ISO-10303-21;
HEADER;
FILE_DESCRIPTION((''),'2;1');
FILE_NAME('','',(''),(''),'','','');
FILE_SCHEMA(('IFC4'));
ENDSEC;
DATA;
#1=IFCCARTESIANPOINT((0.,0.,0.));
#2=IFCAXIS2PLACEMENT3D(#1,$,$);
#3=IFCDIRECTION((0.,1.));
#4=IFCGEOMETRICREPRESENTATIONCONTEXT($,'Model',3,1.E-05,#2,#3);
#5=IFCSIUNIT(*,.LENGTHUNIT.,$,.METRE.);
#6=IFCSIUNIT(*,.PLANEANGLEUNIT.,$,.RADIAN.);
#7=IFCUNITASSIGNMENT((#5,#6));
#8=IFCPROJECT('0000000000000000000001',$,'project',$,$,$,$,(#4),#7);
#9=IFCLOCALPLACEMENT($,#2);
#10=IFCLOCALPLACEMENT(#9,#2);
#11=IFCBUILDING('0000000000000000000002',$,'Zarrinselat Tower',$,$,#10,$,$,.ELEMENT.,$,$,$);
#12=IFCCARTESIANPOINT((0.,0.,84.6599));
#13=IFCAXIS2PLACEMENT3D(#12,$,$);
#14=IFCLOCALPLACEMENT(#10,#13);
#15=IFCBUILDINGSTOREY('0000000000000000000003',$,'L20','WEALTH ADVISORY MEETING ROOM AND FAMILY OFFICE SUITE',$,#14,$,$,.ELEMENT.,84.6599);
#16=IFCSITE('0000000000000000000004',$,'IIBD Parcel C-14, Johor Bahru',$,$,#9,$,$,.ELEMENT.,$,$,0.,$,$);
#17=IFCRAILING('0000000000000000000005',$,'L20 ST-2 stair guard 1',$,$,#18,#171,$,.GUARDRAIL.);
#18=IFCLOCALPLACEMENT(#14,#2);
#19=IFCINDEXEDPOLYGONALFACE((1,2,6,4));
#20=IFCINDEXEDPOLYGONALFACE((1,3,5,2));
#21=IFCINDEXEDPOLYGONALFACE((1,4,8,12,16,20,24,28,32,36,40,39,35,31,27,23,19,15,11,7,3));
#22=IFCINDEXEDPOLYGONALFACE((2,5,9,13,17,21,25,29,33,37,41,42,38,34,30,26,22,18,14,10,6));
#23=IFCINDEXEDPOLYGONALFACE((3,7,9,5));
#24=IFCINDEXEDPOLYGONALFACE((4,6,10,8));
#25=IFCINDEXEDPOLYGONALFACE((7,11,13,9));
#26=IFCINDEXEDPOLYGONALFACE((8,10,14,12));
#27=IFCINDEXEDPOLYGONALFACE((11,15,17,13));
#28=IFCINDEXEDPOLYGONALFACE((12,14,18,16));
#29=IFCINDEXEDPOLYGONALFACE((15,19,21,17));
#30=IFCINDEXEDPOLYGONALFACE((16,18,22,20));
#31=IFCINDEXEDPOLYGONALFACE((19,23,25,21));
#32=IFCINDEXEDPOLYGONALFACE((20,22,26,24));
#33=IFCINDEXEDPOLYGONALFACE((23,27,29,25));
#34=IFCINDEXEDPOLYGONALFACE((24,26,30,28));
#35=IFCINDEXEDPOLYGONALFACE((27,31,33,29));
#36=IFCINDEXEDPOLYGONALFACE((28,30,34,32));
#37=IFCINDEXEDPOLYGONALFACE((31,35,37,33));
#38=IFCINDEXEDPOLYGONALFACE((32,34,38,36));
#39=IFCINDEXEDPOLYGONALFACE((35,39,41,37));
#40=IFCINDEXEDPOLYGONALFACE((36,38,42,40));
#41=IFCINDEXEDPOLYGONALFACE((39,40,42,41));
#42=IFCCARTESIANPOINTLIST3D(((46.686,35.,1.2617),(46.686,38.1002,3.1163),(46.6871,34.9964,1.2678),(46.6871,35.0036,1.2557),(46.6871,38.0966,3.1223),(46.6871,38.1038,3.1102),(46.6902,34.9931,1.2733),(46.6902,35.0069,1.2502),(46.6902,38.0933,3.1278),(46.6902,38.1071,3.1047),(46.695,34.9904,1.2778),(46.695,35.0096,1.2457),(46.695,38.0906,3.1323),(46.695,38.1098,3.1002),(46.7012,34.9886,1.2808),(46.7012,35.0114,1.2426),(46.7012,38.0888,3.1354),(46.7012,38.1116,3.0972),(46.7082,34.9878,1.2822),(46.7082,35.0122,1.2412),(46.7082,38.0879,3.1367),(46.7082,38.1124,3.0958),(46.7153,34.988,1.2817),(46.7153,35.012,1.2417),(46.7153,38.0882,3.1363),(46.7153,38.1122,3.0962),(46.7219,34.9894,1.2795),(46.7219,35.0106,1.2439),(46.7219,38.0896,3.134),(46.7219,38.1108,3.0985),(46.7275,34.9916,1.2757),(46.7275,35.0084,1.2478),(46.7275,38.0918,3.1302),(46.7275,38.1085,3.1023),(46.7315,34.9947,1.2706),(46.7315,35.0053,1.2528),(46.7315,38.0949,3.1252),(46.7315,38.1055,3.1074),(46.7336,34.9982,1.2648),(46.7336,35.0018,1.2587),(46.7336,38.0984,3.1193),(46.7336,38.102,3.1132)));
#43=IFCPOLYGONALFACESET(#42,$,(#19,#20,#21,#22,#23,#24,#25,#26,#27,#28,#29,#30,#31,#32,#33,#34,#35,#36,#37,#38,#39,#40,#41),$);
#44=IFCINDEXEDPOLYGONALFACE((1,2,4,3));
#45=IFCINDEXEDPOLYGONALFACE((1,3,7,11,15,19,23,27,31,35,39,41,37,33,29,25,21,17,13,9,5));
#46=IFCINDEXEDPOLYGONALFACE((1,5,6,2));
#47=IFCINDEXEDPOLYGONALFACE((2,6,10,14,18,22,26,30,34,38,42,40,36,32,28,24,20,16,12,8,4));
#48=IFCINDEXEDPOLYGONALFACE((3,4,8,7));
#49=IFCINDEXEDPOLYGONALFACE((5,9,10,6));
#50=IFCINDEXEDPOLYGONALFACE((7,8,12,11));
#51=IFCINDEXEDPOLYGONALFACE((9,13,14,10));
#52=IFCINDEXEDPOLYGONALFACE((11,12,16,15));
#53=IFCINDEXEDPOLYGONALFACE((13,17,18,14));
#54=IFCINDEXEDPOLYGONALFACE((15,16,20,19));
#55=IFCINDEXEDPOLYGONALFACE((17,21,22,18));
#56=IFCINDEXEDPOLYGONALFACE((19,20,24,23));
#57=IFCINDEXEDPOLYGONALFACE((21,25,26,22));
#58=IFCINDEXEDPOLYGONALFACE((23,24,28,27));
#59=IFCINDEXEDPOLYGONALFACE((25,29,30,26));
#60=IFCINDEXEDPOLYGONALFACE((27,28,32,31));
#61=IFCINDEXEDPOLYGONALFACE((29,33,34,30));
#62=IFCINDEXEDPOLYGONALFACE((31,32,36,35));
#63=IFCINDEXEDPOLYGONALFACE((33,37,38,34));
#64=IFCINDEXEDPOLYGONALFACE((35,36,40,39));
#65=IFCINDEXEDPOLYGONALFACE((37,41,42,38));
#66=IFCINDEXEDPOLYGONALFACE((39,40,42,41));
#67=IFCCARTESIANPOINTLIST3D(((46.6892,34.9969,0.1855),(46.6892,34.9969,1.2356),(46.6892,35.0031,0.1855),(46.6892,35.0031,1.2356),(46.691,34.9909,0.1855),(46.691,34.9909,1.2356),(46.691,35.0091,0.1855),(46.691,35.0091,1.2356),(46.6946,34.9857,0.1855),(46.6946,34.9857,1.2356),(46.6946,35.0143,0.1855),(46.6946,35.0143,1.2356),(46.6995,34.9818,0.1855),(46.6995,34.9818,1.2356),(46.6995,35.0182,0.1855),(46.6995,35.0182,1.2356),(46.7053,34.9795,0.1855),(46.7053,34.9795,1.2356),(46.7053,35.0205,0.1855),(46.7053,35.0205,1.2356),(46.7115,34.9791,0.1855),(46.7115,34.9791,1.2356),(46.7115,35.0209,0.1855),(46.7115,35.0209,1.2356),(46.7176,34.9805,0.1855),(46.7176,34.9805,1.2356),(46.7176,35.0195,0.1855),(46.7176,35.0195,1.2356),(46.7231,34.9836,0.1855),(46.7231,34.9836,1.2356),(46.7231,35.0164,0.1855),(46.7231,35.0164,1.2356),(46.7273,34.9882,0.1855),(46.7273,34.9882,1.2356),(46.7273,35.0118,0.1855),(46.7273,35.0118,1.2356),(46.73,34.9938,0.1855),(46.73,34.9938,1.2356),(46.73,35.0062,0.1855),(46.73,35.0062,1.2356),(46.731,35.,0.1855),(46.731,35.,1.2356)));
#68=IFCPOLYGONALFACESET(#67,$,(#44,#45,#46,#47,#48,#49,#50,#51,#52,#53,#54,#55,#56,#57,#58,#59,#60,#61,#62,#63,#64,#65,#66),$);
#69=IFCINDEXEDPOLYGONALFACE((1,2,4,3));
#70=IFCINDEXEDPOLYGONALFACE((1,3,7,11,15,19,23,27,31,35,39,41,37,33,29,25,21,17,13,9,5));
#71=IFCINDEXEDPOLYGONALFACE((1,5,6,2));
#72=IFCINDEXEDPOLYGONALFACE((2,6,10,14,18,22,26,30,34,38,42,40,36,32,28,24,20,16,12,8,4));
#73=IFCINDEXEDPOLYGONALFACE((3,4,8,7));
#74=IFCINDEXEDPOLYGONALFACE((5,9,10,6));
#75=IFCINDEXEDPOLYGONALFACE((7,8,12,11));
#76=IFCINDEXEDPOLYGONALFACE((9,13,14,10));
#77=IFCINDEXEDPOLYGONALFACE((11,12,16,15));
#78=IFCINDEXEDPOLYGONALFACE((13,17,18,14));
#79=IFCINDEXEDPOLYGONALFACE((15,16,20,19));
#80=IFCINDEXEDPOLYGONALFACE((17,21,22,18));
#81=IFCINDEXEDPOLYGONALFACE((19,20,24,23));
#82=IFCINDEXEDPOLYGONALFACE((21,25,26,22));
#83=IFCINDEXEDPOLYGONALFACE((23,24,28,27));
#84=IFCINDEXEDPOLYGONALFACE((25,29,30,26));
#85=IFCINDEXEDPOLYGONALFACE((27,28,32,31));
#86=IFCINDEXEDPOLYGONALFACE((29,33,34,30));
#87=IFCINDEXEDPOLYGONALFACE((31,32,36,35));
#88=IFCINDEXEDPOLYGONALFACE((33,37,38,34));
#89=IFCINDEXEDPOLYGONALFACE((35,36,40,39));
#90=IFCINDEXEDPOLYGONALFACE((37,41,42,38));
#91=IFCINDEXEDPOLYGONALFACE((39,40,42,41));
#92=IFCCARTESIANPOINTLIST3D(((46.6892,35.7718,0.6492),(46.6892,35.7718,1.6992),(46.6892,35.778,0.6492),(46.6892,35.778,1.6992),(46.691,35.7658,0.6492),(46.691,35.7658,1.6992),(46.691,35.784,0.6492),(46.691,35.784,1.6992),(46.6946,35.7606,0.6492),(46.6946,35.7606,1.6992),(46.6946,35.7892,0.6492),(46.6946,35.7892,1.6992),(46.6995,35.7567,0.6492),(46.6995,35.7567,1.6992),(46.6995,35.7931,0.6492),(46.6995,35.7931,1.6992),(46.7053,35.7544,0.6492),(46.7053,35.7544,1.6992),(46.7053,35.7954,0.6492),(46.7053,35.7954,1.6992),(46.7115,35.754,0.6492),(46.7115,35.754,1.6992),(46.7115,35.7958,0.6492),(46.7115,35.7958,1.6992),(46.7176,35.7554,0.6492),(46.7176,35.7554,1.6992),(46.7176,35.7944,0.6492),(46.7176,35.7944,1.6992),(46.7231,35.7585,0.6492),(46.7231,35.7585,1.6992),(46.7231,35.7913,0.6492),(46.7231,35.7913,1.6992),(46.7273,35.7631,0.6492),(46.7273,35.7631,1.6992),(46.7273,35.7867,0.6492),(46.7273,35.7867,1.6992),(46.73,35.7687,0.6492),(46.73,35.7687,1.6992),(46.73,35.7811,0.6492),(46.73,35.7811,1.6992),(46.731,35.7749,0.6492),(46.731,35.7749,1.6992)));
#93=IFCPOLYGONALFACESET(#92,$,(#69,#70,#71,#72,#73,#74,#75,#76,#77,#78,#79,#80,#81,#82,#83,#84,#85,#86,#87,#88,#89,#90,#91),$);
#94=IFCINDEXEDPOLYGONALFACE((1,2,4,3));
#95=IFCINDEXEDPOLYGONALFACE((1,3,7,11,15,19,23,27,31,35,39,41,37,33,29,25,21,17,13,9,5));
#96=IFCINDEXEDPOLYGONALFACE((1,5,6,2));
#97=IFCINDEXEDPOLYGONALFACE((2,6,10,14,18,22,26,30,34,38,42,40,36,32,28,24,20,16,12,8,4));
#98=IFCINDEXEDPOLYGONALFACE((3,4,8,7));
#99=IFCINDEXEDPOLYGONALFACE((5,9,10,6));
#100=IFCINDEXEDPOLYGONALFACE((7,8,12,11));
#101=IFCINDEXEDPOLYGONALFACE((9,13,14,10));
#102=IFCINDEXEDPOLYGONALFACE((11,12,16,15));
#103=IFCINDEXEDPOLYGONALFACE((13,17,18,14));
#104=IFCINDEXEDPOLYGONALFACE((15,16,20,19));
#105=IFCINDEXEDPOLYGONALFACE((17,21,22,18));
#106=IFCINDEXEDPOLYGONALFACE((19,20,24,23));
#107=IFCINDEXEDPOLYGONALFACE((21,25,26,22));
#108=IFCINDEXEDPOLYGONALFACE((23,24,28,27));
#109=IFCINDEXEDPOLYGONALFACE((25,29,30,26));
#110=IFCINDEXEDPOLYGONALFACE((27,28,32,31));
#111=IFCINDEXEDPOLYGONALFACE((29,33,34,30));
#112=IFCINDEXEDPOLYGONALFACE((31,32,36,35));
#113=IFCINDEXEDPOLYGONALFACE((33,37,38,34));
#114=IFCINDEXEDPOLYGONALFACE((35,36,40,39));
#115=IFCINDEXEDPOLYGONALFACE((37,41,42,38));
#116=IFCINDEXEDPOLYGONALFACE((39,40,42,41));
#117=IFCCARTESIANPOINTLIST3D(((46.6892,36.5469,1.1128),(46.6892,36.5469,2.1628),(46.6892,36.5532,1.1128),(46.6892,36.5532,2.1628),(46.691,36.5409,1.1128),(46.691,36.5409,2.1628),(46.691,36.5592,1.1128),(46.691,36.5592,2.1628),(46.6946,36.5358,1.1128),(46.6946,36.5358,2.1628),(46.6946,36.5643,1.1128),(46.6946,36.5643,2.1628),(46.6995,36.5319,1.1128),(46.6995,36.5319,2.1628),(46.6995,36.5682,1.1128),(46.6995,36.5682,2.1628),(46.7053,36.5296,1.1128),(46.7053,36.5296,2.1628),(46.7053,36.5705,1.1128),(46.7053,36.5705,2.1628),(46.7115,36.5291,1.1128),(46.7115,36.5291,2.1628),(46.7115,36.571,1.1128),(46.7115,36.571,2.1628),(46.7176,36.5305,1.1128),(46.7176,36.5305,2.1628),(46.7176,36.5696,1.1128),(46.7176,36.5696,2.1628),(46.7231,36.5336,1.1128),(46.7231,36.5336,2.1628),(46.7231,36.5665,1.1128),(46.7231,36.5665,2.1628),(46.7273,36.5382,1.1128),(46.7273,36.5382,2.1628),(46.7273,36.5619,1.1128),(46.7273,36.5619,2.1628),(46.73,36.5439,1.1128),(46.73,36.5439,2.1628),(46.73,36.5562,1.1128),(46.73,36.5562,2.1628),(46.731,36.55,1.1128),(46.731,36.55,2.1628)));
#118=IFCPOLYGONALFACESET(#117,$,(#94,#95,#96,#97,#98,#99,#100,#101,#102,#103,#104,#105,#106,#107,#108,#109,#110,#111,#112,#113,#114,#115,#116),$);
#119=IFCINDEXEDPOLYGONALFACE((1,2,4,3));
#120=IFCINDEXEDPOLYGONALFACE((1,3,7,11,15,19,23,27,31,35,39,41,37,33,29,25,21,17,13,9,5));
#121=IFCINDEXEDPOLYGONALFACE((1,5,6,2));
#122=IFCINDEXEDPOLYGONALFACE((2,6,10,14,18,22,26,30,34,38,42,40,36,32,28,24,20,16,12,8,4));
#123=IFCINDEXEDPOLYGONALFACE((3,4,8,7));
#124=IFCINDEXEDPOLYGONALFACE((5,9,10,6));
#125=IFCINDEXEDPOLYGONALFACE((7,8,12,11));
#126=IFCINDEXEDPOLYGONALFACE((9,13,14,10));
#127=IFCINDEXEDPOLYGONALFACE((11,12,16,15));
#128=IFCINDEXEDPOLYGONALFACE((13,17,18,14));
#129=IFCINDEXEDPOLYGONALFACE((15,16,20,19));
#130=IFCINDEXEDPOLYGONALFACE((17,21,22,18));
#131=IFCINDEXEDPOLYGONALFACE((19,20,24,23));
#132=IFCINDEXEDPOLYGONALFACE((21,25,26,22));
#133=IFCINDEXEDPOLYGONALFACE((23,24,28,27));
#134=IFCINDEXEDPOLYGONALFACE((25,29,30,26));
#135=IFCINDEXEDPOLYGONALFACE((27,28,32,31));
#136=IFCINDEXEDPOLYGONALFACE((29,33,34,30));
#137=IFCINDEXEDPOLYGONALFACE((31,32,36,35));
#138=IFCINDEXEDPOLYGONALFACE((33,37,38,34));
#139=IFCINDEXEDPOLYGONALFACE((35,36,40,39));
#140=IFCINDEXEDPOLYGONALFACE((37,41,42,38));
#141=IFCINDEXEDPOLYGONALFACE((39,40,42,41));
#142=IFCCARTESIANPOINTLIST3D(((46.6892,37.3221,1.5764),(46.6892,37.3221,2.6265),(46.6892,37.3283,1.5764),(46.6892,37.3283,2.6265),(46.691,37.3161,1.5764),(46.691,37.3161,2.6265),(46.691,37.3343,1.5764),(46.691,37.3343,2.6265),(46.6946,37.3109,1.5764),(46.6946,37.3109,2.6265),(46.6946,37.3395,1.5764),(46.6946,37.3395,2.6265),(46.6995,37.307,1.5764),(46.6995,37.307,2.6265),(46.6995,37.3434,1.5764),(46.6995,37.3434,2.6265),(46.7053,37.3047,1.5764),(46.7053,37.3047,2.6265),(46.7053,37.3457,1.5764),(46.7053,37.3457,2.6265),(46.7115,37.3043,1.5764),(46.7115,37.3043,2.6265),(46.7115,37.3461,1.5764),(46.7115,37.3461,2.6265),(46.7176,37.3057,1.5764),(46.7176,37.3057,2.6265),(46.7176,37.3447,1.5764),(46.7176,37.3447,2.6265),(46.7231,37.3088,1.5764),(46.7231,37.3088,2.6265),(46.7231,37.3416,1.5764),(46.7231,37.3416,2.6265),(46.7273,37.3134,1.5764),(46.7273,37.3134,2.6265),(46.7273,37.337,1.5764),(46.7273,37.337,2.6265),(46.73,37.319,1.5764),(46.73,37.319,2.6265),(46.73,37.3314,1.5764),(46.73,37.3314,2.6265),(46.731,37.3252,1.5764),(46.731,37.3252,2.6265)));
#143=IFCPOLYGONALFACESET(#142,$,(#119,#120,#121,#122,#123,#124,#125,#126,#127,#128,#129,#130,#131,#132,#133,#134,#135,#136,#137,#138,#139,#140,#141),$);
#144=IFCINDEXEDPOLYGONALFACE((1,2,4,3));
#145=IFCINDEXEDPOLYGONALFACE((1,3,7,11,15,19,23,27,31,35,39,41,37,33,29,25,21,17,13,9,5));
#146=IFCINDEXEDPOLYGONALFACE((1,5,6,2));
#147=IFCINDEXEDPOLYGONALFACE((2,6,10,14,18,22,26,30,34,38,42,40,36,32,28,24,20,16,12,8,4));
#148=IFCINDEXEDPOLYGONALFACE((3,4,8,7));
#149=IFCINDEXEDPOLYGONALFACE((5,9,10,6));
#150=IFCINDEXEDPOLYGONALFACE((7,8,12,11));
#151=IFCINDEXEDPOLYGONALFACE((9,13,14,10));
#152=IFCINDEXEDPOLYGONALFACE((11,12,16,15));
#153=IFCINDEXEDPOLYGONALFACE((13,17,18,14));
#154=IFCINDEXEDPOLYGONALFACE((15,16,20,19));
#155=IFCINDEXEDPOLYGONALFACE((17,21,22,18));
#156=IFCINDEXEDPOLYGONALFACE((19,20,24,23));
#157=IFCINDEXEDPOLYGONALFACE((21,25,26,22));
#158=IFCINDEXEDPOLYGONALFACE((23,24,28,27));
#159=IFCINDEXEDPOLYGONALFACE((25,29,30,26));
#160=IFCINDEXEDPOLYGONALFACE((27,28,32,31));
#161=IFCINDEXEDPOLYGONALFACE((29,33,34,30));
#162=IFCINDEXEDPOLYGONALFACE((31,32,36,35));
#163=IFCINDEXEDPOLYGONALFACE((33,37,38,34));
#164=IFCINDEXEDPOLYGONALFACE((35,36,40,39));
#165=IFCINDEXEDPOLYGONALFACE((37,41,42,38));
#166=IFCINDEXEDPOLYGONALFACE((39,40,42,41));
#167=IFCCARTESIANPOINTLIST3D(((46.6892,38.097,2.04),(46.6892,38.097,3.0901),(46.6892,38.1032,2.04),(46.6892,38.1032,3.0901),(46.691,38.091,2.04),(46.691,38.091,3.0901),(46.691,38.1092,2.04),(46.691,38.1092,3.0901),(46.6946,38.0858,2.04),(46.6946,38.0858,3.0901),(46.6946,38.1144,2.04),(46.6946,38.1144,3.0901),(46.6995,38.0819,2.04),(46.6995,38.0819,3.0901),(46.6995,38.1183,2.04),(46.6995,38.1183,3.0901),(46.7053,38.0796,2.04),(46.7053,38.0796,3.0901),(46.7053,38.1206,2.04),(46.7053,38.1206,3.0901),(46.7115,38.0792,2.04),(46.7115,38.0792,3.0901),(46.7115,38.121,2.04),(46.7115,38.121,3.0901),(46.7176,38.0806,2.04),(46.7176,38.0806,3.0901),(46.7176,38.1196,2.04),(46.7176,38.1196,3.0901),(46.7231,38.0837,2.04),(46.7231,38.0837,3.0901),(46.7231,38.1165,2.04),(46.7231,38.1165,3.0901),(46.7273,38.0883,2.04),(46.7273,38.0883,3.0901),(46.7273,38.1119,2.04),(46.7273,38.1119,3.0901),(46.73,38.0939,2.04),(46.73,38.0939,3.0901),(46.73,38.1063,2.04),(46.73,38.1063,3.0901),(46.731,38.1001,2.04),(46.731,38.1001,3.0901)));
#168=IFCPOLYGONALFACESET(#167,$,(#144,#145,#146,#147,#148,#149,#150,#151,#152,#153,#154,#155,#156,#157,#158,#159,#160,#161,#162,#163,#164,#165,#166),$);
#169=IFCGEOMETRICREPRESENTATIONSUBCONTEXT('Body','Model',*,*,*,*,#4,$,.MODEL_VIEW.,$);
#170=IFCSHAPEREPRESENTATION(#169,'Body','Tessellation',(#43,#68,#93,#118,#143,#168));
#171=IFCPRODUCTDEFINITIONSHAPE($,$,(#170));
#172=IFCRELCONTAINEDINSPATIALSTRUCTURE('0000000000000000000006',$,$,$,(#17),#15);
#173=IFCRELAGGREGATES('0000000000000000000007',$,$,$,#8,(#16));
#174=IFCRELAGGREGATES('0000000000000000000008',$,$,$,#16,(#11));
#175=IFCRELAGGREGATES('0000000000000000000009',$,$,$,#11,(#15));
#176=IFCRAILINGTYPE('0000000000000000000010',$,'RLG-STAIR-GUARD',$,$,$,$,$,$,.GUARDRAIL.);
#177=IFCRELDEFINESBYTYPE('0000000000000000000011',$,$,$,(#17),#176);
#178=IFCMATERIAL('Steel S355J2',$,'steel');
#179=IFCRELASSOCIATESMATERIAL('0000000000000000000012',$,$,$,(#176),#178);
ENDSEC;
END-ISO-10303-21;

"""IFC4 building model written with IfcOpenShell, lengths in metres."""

from ifc_helpers import new_model, si_unit, direction, frame, origin, origin_2d, place, context, subcontext, project, spatial, circle, extrude, material, type_object, element, save


model = new_model("IFC4")

# Units and contexts
model_context = context("Model", 3, precision=1e-05, world=origin(), true_north=direction((0.0, 1.0)))
body_context = subcontext(model_context, "Body", "Model", "MODEL_VIEW")
ifc_project = project(units=[si_unit("LENGTHUNIT", "METRE"), si_unit("PLANEANGLEUNIT", "RADIAN")], contexts=[model_context])

# Site, building, storey
site_placement = place(None, origin())
site = spatial("IfcSite", under=ifc_project, at=site_placement, Name="IIBD Parcel C-14, Johor Bahru", CompositionType="ELEMENT", RefElevation=0.0)
building_placement = place(site_placement, origin())
building = spatial("IfcBuilding", under=site, at=building_placement, Name="Zarrinselat Tower", CompositionType="ELEMENT")
storey_placement = place(building_placement, frame((0.0, 0.0, 84.6599)))
storey = spatial("IfcBuildingStorey", under=building, at=storey_placement, Name="L20", Description="WEALTH ADVISORY MEETING ROOM AND FAMILY OFFICE SUITE", CompositionType="ELEMENT", Elevation=84.6599)

# Railing
ifc_material_1 = material(Name="Steel S355J2", Category="steel")
railing_type_1 = type_object("IfcRailingType", Name="RLG-STAIR-GUARD", PredefinedType="GUARDRAIL", material=ifc_material_1)
railing_1_placement = place(storey_placement, frame((46.71, 35.0, 0.1855)))
element("IfcRailing", 1, at=railing_1_placement, inside=storey, type_object=railing_type_1, Name="L20 ST-2 stair guard 1", PredefinedType="GUARDRAIL", context=body_context, shape_type="SweptSolid", body=[
    extrude(circle(Radius=0.0239, at=origin_2d()), frame((0.0, 0.0, 1.0762), z_axis=(0.0, 0.858172, 0.513362), x_axis=(-1.0, 0.0, 0.0)), (0.0, 0.0, 1.0), 3.6125),
    extrude(circle(Radius=0.021, at=origin_2d()), origin(), (0.0, 0.0, 1.0), 1.05),
    extrude(circle(Radius=0.021, at=origin_2d()), frame((0.0, 0.7749, 0.4636)), (0.0, 0.0, 1.0), 1.05),
    extrude(circle(Radius=0.021, at=origin_2d()), frame((0.0, 1.55, 0.9272)), (0.0, 0.0, 1.0), 1.05),
    extrude(circle(Radius=0.021, at=origin_2d()), frame((0.0, 2.3252, 1.3909)), (0.0, 0.0, 1.0), 1.05),
    extrude(circle(Radius=0.021, at=origin_2d()), frame((0.0, 3.1001, 1.8545)), (0.0, 0.0, 1.0), 1.05),
])

save(model, "model.ifc")
